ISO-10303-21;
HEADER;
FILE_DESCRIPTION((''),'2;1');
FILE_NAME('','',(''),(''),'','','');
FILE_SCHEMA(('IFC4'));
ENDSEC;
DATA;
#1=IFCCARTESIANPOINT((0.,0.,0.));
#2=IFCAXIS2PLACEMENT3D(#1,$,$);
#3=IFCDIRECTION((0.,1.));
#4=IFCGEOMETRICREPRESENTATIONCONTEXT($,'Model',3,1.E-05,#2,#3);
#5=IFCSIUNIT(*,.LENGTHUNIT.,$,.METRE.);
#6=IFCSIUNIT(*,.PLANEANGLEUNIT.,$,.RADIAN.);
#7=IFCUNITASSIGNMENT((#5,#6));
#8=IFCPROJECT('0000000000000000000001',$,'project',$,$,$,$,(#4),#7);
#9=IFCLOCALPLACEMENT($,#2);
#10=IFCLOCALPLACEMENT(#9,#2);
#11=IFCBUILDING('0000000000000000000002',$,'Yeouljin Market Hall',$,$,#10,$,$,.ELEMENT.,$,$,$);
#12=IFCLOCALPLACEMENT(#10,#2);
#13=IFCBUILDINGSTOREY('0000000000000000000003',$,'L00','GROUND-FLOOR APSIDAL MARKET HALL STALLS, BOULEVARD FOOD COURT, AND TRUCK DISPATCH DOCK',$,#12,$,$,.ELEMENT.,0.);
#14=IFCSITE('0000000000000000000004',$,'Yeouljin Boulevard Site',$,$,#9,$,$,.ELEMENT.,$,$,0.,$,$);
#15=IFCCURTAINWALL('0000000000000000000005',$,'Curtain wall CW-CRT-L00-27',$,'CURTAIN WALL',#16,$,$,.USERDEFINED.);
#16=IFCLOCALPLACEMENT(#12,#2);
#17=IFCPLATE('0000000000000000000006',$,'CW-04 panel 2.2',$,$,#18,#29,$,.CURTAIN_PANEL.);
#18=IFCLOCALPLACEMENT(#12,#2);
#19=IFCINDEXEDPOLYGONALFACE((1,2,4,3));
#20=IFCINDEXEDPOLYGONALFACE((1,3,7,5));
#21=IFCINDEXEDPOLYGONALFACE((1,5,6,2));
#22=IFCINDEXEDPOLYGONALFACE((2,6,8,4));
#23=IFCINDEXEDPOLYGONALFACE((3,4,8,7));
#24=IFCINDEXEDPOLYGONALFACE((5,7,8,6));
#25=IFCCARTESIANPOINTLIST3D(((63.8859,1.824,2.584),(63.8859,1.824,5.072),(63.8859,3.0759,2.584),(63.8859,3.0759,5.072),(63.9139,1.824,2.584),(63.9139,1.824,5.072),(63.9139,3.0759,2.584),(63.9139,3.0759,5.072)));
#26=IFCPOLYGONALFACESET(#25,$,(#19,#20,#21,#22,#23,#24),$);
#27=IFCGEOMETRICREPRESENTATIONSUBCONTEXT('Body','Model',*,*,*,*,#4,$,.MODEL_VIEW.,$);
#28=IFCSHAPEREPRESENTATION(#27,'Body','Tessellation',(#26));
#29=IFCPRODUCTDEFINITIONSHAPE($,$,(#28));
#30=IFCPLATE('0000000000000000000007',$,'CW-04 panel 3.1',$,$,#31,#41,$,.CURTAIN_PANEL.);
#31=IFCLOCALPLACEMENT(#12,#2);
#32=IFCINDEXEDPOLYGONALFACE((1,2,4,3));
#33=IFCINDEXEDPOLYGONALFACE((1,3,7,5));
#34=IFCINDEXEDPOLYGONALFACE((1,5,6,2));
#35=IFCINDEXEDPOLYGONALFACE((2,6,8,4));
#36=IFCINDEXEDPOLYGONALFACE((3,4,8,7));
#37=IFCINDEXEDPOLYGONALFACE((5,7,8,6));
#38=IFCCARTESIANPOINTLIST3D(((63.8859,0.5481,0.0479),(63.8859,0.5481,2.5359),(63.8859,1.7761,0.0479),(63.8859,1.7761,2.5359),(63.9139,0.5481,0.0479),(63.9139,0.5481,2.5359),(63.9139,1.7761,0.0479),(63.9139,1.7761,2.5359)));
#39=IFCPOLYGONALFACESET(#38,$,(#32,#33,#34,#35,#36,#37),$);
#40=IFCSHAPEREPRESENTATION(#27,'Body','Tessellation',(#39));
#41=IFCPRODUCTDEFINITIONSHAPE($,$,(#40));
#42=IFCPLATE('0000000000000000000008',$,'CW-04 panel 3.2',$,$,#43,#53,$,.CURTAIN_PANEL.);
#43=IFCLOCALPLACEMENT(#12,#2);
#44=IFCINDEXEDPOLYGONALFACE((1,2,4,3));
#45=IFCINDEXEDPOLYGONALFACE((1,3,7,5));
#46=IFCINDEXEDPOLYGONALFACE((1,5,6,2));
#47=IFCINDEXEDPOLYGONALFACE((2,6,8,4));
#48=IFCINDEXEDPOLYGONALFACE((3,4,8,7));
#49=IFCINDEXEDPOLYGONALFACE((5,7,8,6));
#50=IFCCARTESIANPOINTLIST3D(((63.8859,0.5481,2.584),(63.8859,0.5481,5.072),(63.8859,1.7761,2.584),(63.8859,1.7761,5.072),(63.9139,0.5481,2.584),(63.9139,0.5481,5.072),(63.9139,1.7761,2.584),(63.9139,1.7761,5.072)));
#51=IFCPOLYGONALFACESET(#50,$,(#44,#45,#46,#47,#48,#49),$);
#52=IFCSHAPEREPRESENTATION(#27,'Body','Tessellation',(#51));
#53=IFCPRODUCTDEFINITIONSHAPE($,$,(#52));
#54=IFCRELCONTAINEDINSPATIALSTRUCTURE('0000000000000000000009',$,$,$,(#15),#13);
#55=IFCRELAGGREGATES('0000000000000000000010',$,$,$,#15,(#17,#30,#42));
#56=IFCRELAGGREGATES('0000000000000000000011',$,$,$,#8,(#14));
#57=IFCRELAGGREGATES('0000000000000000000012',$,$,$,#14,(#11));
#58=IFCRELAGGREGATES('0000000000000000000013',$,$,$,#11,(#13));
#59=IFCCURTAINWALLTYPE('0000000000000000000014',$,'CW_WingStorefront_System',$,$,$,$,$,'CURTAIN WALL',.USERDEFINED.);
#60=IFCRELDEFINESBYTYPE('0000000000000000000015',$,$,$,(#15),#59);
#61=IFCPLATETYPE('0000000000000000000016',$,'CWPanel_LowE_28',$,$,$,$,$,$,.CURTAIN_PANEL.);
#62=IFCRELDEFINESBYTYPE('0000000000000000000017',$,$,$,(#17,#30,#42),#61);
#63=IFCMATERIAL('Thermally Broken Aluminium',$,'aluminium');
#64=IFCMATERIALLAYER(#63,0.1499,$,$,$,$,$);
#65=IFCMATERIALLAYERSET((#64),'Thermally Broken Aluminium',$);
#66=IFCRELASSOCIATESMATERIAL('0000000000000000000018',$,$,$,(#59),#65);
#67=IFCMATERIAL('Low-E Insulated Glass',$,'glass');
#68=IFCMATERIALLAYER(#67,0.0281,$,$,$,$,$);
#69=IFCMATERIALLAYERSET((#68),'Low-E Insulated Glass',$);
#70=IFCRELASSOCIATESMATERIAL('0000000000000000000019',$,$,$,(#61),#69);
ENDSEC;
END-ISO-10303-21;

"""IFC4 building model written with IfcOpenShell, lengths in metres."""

from ifc_helpers import new_model, si_unit, direction, frame, origin, origin_2d, place, context, subcontext, project, spatial, rectangle, extrude, material, layer, layer_set, type_object, element, aggregate, save


model = new_model("IFC4")

# Units and contexts
model_context = context("Model", 3, precision=1e-05, world=origin(), true_north=direction((0.0, 1.0)))
body_context = subcontext(model_context, "Body", "Model", "MODEL_VIEW")
ifc_project = project(units=[si_unit("LENGTHUNIT", "METRE"), si_unit("PLANEANGLEUNIT", "RADIAN")], contexts=[model_context])

# Site, building, storey
site_placement = place(None, origin())
site = spatial("IfcSite", under=ifc_project, at=site_placement, Name="Yeouljin Boulevard Site", CompositionType="ELEMENT", RefElevation=0.0)
building_placement = place(site_placement, origin())
building = spatial("IfcBuilding", under=site, at=building_placement, Name="Yeouljin Market Hall", CompositionType="ELEMENT")
storey_placement = place(building_placement, origin())
storey = spatial("IfcBuildingStorey", under=building, at=storey_placement, Name="L00", Description="GROUND-FLOOR APSIDAL MARKET HALL STALLS, BOULEVARD FOOD COURT, AND TRUCK DISPATCH DOCK", CompositionType="ELEMENT", Elevation=0.0)

# Curtain wall
ifc_material_1 = material(Name="Thermally Broken Aluminium", Category="aluminium")
ifc_layer_1 = layer(ifc_material_1, 0.1499)
ifc_layer_set_1 = layer_set([ifc_layer_1], Name="Thermally Broken Aluminium")
curtain_wall_type_1 = type_object("IfcCurtainWallType", Name="CW_WingStorefront_System", ElementType="CURTAIN WALL", PredefinedType="USERDEFINED", material=ifc_layer_set_1)
curtain_wall_1_placement = place(storey_placement, origin())
curtain_wall_1 = element("IfcCurtainWall", 1, at=curtain_wall_1_placement, inside=storey, type_object=curtain_wall_type_1, Name="Curtain wall CW-CRT-L00-27", ObjectType="CURTAIN WALL", PredefinedType="USERDEFINED")

# Plates
ifc_material_2 = material(Name="Low-E Insulated Glass", Category="glass")
ifc_layer_2 = layer(ifc_material_2, 0.0281)
ifc_layer_set_2 = layer_set([ifc_layer_2], Name="Low-E Insulated Glass")
plate_type = type_object("IfcPlateType", Name="CWPanel_LowE_28", PredefinedType="CURTAIN_PANEL", material=ifc_layer_set_2)
plate_1_placement = place(storey_placement, frame((63.8999, 2.45, 2.584), z_axis=(0.0, 0.0, 1.0), x_axis=(0.0, -1.0, 0.0)))
plate_1 = element("IfcPlate", 2, at=plate_1_placement, type_object=plate_type, Name="CW-04 panel 2.2", PredefinedType="CURTAIN_PANEL", context=body_context, shape_type="SweptSolid", body=[
    extrude(rectangle(XDim=1.252, YDim=0.0281, at=origin_2d()), origin(), (0.0, 0.0, 1.0), 2.488),
])
plate_2_placement = place(storey_placement, frame((63.8999, 1.1621, 0.0479), z_axis=(0.0, 0.0, 1.0), x_axis=(0.0, -1.0, 0.0)))
plate_2 = element("IfcPlate", 3, at=plate_2_placement, type_object=plate_type, Name="CW-04 panel 3.1", PredefinedType="CURTAIN_PANEL", context=body_context, shape_type="SweptSolid", body=[
    extrude(rectangle(XDim=1.228, YDim=0.0281, at=origin_2d()), origin(), (0.0, 0.0, 1.0), 2.488),
])
plate_3_placement = place(storey_placement, frame((63.8999, 1.1621, 2.584), z_axis=(0.0, 0.0, 1.0), x_axis=(0.0, -1.0, 0.0)))
plate_3 = element("IfcPlate", 4, at=plate_3_placement, type_object=plate_type, Name="CW-04 panel 3.2", PredefinedType="CURTAIN_PANEL", context=body_context, shape_type="SweptSolid", body=[
    extrude(rectangle(XDim=1.228, YDim=0.0281, at=origin_2d()), origin(), (0.0, 0.0, 1.0), 2.488),
])
aggregate(curtain_wall_1, [plate_1, plate_2, plate_3])

save(model, "model.ifc")
